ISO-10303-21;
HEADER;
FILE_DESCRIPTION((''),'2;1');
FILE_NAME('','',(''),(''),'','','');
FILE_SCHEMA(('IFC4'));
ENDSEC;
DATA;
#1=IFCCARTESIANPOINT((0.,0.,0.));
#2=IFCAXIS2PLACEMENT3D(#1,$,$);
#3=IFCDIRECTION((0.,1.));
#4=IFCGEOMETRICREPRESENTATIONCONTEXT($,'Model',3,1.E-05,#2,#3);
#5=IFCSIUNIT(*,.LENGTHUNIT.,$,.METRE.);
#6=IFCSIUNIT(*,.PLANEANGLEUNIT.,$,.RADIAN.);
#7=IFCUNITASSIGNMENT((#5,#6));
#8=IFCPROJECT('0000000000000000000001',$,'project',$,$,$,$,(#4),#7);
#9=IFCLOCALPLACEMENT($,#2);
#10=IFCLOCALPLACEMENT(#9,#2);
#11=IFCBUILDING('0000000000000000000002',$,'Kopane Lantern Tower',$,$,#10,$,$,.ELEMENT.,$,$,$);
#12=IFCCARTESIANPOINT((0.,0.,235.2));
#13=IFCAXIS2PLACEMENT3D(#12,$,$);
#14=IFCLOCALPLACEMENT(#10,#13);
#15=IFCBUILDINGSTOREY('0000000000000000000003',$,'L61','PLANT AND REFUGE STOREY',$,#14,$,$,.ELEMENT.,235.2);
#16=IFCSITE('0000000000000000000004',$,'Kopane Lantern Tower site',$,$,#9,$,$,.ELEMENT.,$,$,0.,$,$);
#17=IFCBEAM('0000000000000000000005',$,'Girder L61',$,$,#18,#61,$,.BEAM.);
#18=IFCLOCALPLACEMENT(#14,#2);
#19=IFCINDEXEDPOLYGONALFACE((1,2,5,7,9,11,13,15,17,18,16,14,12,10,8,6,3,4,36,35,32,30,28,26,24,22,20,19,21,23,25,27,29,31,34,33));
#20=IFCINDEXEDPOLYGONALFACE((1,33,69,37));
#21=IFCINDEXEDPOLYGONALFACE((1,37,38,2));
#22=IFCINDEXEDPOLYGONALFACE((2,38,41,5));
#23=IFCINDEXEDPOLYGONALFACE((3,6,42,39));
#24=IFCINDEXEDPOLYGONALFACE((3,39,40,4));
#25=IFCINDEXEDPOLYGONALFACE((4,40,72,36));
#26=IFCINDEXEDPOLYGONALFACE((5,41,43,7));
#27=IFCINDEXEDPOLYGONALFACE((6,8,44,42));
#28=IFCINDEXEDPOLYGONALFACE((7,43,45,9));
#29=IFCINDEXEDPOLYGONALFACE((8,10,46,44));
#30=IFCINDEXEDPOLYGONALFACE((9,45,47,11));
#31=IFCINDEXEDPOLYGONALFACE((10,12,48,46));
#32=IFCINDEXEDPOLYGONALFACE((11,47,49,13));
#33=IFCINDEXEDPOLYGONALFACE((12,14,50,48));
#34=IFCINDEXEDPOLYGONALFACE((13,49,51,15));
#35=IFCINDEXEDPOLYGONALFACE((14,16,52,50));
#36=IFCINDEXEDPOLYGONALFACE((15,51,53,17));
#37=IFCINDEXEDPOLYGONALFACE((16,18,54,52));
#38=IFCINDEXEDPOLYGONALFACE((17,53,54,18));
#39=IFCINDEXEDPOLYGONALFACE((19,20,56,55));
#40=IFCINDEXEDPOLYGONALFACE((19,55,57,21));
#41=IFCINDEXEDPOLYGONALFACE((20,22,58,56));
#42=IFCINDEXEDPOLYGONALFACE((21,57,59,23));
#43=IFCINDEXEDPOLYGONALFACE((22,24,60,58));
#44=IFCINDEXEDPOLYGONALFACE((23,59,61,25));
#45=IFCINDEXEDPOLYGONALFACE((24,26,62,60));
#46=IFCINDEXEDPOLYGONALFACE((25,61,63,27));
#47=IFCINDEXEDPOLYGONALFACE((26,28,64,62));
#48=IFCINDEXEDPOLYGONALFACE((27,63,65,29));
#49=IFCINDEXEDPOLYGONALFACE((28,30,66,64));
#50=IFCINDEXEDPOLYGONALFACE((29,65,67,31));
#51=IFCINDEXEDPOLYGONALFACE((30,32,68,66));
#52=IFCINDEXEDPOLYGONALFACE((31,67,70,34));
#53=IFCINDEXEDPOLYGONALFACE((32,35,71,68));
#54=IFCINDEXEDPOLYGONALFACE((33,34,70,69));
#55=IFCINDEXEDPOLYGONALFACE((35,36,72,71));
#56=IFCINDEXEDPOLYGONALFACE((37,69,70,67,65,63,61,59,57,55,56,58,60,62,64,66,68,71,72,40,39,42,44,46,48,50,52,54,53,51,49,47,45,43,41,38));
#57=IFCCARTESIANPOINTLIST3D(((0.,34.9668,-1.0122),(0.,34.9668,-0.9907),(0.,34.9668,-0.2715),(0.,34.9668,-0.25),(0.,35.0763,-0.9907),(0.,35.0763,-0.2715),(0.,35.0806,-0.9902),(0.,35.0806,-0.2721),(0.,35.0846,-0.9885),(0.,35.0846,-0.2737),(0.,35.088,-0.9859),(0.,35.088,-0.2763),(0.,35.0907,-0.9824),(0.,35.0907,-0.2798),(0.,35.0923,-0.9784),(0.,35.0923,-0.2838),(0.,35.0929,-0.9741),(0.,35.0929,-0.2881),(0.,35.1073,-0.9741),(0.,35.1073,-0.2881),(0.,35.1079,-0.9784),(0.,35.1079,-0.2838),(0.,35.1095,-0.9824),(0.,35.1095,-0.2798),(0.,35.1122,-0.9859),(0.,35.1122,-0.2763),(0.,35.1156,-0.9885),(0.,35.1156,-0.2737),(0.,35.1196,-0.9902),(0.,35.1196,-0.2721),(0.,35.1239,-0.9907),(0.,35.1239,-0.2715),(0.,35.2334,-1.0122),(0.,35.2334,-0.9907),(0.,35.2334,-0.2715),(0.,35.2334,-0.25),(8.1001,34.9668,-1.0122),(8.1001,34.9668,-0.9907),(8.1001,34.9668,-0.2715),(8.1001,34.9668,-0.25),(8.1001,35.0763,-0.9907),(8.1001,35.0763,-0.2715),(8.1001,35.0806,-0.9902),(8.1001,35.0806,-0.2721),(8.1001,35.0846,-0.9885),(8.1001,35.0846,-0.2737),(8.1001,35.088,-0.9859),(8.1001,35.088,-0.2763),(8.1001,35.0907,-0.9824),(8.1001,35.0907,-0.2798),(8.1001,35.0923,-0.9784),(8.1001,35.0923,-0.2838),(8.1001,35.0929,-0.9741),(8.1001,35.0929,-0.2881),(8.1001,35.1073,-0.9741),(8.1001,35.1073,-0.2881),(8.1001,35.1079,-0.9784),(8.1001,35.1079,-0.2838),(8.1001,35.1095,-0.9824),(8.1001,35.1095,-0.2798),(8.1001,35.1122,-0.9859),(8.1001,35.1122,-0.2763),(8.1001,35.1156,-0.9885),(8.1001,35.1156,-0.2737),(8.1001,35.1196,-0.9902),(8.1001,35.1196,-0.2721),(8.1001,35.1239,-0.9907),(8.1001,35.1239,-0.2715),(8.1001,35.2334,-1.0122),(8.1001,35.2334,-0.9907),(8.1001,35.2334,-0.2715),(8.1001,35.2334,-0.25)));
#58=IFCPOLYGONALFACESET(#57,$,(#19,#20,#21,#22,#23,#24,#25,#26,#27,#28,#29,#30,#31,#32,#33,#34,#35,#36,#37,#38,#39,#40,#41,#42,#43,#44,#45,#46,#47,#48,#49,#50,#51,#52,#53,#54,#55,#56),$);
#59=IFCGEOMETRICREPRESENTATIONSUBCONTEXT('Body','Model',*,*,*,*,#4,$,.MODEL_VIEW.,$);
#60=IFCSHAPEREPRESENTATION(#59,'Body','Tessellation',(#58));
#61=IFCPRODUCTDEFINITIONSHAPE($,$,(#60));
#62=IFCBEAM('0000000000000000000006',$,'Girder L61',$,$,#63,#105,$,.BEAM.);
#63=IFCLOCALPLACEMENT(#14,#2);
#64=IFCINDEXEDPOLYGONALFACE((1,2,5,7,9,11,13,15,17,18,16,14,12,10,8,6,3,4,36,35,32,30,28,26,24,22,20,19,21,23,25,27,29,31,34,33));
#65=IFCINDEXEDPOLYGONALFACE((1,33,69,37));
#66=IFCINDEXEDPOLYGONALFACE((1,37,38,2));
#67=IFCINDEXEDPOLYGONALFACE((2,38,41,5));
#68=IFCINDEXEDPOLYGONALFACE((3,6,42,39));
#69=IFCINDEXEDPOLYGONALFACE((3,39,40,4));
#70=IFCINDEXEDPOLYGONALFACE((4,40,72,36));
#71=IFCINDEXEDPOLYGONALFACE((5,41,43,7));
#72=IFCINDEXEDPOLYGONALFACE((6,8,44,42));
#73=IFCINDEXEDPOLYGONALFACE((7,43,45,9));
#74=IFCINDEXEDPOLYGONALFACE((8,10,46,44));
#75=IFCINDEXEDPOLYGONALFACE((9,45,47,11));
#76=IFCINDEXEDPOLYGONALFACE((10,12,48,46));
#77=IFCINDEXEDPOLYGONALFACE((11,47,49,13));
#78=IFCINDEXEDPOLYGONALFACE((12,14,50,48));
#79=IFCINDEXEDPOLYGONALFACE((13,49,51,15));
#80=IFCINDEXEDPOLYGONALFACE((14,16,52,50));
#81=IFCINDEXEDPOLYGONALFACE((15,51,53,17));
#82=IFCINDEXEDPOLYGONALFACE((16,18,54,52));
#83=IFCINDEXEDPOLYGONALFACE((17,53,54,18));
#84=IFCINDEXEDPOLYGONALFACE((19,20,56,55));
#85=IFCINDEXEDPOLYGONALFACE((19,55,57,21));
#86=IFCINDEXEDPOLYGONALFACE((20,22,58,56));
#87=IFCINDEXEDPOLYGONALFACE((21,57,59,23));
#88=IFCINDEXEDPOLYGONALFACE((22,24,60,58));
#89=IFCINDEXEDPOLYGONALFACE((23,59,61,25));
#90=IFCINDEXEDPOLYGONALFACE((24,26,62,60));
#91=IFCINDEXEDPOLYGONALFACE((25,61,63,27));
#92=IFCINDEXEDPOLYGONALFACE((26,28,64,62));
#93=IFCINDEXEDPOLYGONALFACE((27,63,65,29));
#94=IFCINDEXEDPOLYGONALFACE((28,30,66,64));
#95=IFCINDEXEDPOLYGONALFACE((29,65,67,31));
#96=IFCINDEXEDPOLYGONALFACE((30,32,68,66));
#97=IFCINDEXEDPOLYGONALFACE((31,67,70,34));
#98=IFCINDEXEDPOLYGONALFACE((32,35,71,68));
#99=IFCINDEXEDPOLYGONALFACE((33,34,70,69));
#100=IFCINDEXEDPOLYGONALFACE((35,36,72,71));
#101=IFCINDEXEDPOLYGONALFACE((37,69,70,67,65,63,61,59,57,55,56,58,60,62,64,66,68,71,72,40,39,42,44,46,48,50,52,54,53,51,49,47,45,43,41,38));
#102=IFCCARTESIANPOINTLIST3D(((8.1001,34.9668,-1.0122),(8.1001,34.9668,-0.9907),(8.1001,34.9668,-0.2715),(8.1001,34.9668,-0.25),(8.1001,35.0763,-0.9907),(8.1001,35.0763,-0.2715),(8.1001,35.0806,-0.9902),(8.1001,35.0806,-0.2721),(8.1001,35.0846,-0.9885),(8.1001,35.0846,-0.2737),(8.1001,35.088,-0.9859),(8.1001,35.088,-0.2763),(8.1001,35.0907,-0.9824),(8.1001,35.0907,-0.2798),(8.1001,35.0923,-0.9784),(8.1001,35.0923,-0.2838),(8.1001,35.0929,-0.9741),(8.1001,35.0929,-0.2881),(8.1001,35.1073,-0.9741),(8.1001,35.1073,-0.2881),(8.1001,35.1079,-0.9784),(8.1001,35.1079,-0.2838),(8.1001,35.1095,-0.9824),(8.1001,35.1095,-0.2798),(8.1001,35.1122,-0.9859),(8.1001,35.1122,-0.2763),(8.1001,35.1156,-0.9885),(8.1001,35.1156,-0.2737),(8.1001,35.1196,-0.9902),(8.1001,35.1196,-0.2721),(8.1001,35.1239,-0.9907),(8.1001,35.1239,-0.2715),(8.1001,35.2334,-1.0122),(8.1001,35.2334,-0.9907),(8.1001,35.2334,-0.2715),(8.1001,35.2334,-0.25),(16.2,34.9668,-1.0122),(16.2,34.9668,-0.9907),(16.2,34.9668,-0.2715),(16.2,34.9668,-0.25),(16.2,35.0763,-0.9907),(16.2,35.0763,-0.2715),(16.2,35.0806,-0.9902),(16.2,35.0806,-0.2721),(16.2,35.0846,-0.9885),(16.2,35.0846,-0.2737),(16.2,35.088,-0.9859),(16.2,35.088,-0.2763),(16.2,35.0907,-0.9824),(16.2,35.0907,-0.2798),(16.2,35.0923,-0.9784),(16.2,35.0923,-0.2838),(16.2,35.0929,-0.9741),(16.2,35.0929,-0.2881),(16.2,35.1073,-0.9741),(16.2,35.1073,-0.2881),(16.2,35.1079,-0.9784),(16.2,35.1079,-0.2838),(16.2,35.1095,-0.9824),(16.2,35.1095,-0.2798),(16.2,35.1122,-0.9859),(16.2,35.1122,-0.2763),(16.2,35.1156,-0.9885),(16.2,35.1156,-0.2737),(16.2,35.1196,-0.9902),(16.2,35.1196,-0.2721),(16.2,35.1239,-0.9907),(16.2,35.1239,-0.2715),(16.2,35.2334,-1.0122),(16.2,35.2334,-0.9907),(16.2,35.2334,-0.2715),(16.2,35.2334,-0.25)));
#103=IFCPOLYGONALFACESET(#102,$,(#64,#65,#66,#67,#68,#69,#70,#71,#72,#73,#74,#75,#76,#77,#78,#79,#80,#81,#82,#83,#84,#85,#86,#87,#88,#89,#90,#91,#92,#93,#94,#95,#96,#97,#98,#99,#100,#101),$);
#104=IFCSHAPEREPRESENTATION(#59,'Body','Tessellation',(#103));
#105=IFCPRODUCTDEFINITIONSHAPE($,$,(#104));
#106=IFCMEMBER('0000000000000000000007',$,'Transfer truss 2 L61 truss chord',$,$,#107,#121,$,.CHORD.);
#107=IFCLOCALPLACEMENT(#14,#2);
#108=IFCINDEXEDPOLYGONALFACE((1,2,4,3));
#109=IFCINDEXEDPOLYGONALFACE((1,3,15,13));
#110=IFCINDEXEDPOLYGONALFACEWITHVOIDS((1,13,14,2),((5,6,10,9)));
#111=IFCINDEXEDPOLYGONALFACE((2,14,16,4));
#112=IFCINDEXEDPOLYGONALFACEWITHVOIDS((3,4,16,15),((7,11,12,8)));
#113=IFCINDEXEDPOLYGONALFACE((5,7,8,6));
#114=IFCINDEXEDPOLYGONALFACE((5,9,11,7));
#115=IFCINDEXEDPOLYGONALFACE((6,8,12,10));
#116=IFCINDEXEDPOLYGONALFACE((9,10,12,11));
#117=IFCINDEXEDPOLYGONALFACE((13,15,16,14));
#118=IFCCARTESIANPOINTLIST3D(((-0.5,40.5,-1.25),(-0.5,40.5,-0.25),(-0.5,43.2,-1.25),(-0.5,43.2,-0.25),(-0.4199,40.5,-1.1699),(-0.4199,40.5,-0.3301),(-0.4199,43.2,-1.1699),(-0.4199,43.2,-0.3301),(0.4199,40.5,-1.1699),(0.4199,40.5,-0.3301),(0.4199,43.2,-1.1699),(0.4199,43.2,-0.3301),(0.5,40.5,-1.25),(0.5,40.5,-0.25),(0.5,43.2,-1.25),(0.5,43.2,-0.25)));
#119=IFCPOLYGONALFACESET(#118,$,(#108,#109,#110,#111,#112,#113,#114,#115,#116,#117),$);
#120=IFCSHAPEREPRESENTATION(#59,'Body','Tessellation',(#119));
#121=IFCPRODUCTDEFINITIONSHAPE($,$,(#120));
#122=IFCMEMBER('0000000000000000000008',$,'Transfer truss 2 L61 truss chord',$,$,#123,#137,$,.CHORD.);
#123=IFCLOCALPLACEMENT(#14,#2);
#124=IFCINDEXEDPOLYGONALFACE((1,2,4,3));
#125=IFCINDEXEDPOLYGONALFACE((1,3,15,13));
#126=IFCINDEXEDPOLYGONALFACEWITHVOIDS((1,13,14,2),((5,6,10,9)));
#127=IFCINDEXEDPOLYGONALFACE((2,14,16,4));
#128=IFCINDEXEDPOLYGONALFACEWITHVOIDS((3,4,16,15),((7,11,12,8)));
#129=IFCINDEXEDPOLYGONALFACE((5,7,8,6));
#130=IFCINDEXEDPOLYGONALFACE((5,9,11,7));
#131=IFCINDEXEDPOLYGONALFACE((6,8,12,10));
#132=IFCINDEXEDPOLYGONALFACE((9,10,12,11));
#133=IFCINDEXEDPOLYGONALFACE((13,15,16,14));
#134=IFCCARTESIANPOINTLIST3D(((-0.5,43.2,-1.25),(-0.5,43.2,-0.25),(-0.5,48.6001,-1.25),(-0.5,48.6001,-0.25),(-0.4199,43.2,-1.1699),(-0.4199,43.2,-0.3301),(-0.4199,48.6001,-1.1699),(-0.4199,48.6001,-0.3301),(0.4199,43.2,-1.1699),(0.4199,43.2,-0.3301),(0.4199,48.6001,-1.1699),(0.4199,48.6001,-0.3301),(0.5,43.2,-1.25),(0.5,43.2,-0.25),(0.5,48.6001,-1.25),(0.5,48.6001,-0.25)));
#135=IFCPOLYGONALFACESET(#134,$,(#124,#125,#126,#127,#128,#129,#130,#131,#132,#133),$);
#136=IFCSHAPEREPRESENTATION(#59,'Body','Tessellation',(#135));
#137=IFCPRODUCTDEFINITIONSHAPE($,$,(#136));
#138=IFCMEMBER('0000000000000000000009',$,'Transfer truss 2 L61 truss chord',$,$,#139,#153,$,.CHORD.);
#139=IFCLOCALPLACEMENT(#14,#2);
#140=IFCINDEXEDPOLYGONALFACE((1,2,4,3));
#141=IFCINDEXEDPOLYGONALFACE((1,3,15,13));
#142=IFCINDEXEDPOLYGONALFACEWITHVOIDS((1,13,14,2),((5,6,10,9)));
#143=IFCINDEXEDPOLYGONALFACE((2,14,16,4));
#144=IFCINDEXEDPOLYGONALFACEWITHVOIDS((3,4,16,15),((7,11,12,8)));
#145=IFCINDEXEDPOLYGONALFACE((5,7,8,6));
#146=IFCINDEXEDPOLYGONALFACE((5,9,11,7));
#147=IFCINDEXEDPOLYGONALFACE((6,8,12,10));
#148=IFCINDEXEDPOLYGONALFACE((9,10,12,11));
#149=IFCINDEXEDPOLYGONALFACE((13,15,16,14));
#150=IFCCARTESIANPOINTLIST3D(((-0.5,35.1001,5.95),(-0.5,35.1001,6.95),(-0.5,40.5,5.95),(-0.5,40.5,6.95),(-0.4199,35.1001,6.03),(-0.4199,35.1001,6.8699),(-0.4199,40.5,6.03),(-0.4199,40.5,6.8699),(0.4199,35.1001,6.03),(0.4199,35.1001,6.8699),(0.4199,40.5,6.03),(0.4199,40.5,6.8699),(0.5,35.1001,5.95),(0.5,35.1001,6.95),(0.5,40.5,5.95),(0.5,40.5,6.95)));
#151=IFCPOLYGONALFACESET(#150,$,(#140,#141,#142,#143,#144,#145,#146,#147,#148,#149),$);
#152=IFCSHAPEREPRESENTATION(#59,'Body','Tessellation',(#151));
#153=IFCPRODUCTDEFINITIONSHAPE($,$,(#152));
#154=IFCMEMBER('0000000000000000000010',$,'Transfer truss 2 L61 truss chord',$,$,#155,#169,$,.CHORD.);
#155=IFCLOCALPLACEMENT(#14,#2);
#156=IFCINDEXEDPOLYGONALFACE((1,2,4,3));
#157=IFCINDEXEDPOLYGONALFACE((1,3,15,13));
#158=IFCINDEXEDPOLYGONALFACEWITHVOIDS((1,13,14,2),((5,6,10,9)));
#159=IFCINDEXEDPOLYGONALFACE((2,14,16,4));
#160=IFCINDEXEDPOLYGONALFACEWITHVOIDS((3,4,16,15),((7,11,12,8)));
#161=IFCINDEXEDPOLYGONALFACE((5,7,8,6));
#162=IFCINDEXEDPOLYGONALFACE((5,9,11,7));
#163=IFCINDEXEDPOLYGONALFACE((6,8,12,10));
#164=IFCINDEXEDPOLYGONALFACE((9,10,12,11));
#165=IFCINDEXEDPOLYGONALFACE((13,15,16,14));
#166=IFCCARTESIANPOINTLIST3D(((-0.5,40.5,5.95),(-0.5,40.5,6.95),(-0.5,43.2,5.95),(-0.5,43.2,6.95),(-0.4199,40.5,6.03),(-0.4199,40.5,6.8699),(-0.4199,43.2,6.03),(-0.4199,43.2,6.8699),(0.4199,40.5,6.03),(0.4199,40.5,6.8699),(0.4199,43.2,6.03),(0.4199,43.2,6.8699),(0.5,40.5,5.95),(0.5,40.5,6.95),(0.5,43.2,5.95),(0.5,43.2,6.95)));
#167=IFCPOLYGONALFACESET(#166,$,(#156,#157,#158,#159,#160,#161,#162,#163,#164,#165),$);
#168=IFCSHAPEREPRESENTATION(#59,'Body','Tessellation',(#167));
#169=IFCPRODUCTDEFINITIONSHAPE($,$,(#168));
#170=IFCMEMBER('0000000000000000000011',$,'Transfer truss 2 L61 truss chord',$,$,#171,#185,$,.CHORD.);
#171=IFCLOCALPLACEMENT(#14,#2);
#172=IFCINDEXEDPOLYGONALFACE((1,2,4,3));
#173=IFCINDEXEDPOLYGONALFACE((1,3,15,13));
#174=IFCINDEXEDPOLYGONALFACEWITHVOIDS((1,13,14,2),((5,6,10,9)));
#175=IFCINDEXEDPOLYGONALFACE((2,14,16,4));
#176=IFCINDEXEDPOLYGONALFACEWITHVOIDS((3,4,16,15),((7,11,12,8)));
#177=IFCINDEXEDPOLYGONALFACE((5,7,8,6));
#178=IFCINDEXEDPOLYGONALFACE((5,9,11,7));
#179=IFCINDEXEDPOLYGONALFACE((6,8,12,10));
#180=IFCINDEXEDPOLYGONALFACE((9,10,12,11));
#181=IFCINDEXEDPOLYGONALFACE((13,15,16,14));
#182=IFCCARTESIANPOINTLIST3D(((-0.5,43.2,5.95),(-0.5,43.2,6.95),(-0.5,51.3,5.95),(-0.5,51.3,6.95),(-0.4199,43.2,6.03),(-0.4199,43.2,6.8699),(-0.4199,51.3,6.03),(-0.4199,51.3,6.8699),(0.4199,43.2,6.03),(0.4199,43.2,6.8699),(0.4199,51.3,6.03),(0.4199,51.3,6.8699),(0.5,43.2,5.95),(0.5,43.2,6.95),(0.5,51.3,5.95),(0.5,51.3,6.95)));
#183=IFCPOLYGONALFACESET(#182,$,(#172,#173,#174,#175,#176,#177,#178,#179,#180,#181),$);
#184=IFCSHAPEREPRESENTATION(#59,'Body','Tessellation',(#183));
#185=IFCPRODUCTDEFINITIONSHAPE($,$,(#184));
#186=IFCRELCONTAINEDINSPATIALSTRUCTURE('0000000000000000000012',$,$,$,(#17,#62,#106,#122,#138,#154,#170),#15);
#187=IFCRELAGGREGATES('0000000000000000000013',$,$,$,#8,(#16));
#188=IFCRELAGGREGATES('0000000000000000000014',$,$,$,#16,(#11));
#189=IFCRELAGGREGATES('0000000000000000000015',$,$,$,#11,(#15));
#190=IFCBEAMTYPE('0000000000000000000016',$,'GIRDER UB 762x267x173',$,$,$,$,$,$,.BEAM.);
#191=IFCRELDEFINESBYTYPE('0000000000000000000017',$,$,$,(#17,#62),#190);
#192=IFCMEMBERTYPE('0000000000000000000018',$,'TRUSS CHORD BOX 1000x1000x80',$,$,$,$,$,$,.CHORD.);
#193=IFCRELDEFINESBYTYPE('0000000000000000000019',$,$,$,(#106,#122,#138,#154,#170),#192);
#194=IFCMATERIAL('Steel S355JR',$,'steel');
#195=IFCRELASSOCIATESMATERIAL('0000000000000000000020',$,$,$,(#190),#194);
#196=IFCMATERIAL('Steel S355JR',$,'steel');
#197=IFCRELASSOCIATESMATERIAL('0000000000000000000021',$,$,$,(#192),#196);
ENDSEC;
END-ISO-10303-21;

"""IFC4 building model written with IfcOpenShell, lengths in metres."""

from ifc_helpers import new_model, si_unit, direction, frame, origin, origin_2d, place, context, subcontext, project, spatial, hollow_rectangle, i_section, extrude, material, material_profile, profile_set, type_object, element, save


model = new_model("IFC4")

# Units and contexts
model_context = context("Model", 3, precision=1e-05, world=origin(), true_north=direction((0.0, 1.0)))
body_context = subcontext(model_context, "Body", "Model", "MODEL_VIEW")
ifc_project = project(units=[si_unit("LENGTHUNIT", "METRE"), si_unit("PLANEANGLEUNIT", "RADIAN")], contexts=[model_context])

# Site, building, storey
site_placement = place(None, origin())
site = spatial("IfcSite", under=ifc_project, at=site_placement, Name="Kopane Lantern Tower site", CompositionType="ELEMENT", RefElevation=0.0)
building_placement = place(site_placement, origin())
building = spatial("IfcBuilding", under=site, at=building_placement, Name="Kopane Lantern Tower", CompositionType="ELEMENT")
storey_placement = place(building_placement, frame((0.0, 0.0, 235.2)))
storey = spatial("IfcBuildingStorey", under=building, at=storey_placement, Name="L61", Description="PLANT AND REFUGE STOREY", CompositionType="ELEMENT", Elevation=235.2)

# Beams
ifc_material_1 = material(Name="Steel S355JR", Category="steel")
ifc_material_profile_1 = material_profile(ifc_material_1, i_section(OverallWidth=0.2666, OverallDepth=0.7622, WebThickness=0.0144, FlangeThickness=0.0215, FilletRadius=0.0166, at=origin_2d()), Name="UB 762x267x173")
ifc_profile_set_1 = profile_set([ifc_material_profile_1], Name="Steel S355JR")
beam_type = type_object("IfcBeamType", Name="GIRDER UB 762x267x173", PredefinedType="BEAM", material=ifc_profile_set_1)
beam_1_placement = place(storey_placement, frame((0.0, 35.1001, -0.6311), z_axis=(1.0, 0.0, 0.0), x_axis=(0.0, 1.0, 0.0)))
element("IfcBeam", 1, at=beam_1_placement, inside=storey, type_object=beam_type, Name="Girder L61", PredefinedType="BEAM", context=body_context, shape_type="SweptSolid", body=[
    extrude(i_section(OverallWidth=0.2666, OverallDepth=0.7622, WebThickness=0.0144, FlangeThickness=0.0215, FilletRadius=0.0166, at=origin_2d()), origin(), (0.0, 0.0, 1.0), 8.1001),
])
beam_2_placement = place(storey_placement, frame((8.1001, 35.1001, -0.6311), z_axis=(1.0, 0.0, 0.0), x_axis=(0.0, 1.0, 0.0)))
element("IfcBeam", 2, at=beam_2_placement, inside=storey, type_object=beam_type, Name="Girder L61", PredefinedType="BEAM", context=body_context, shape_type="SweptSolid", body=[
    extrude(i_section(OverallWidth=0.2666, OverallDepth=0.7622, WebThickness=0.0144, FlangeThickness=0.0215, FilletRadius=0.0166, at=origin_2d()), origin(), (0.0, 0.0, 1.0), 8.0999),
])

# Members
ifc_material_2 = material(Name="Steel S355JR", Category="steel")
ifc_material_profile_2 = material_profile(ifc_material_2, hollow_rectangle(XDim=1.0, YDim=1.0, WallThickness=0.0801, at=origin_2d()), Name="BOX 1000x1000x80")
ifc_profile_set_2 = profile_set([ifc_material_profile_2], Name="Steel S355JR")
member_type_1 = type_object("IfcMemberType", Name="TRUSS CHORD BOX 1000x1000x80", PredefinedType="CHORD", material=ifc_profile_set_2)
member_1_placement = place(storey_placement, frame((0.0, 40.5, -0.75), z_axis=(0.0, 1.0, 0.0), x_axis=(-1.0, 0.0, 0.0)))
element("IfcMember", 3, at=member_1_placement, inside=storey, type_object=member_type_1, Name="Transfer truss 2 L61 truss chord", PredefinedType="CHORD", context=body_context, shape_type="SweptSolid", body=[
    extrude(hollow_rectangle(XDim=1.0, YDim=1.0, WallThickness=0.0801, at=origin_2d()), origin(), (0.0, 0.0, 1.0), 2.7),
])
member_2_placement = place(storey_placement, frame((0.0, 43.2, -0.75), z_axis=(0.0, 1.0, 0.0), x_axis=(-1.0, 0.0, 0.0)))
element("IfcMember", 4, at=member_2_placement, inside=storey, type_object=member_type_1, Name="Transfer truss 2 L61 truss chord", PredefinedType="CHORD", context=body_context, shape_type="SweptSolid", body=[
    extrude(hollow_rectangle(XDim=1.0, YDim=1.0, WallThickness=0.0801, at=origin_2d()), origin(), (0.0, 0.0, 1.0), 5.4001),
])
member_3_placement = place(storey_placement, frame((0.0, 35.1001, 6.45), z_axis=(0.0, 1.0, 0.0), x_axis=(-1.0, 0.0, 0.0)))
element("IfcMember", 5, at=member_3_placement, inside=storey, type_object=member_type_1, Name="Transfer truss 2 L61 truss chord", PredefinedType="CHORD", context=body_context, shape_type="SweptSolid", body=[
    extrude(hollow_rectangle(XDim=1.0, YDim=1.0, WallThickness=0.0801, at=origin_2d()), origin(), (0.0, 0.0, 1.0), 5.3999),
])
member_4_placement = place(storey_placement, frame((0.0, 40.5, 6.45), z_axis=(0.0, 1.0, 0.0), x_axis=(-1.0, 0.0, 0.0)))
element("IfcMember", 6, at=member_4_placement, inside=storey, type_object=member_type_1, Name="Transfer truss 2 L61 truss chord", PredefinedType="CHORD", context=body_context, shape_type="SweptSolid", body=[
    extrude(hollow_rectangle(XDim=1.0, YDim=1.0, WallThickness=0.0801, at=origin_2d()), origin(), (0.0, 0.0, 1.0), 2.7),
])
member_5_placement = place(storey_placement, frame((0.0, 43.2, 6.45), z_axis=(0.0, 1.0, 0.0), x_axis=(-1.0, 0.0, 0.0)))
element("IfcMember", 7, at=member_5_placement, inside=storey, type_object=member_type_1, Name="Transfer truss 2 L61 truss chord", PredefinedType="CHORD", context=body_context, shape_type="SweptSolid", body=[
    extrude(hollow_rectangle(XDim=1.0, YDim=1.0, WallThickness=0.0801, at=origin_2d()), origin(), (0.0, 0.0, 1.0), 8.1001),
])

save(model, "model.ifc")
